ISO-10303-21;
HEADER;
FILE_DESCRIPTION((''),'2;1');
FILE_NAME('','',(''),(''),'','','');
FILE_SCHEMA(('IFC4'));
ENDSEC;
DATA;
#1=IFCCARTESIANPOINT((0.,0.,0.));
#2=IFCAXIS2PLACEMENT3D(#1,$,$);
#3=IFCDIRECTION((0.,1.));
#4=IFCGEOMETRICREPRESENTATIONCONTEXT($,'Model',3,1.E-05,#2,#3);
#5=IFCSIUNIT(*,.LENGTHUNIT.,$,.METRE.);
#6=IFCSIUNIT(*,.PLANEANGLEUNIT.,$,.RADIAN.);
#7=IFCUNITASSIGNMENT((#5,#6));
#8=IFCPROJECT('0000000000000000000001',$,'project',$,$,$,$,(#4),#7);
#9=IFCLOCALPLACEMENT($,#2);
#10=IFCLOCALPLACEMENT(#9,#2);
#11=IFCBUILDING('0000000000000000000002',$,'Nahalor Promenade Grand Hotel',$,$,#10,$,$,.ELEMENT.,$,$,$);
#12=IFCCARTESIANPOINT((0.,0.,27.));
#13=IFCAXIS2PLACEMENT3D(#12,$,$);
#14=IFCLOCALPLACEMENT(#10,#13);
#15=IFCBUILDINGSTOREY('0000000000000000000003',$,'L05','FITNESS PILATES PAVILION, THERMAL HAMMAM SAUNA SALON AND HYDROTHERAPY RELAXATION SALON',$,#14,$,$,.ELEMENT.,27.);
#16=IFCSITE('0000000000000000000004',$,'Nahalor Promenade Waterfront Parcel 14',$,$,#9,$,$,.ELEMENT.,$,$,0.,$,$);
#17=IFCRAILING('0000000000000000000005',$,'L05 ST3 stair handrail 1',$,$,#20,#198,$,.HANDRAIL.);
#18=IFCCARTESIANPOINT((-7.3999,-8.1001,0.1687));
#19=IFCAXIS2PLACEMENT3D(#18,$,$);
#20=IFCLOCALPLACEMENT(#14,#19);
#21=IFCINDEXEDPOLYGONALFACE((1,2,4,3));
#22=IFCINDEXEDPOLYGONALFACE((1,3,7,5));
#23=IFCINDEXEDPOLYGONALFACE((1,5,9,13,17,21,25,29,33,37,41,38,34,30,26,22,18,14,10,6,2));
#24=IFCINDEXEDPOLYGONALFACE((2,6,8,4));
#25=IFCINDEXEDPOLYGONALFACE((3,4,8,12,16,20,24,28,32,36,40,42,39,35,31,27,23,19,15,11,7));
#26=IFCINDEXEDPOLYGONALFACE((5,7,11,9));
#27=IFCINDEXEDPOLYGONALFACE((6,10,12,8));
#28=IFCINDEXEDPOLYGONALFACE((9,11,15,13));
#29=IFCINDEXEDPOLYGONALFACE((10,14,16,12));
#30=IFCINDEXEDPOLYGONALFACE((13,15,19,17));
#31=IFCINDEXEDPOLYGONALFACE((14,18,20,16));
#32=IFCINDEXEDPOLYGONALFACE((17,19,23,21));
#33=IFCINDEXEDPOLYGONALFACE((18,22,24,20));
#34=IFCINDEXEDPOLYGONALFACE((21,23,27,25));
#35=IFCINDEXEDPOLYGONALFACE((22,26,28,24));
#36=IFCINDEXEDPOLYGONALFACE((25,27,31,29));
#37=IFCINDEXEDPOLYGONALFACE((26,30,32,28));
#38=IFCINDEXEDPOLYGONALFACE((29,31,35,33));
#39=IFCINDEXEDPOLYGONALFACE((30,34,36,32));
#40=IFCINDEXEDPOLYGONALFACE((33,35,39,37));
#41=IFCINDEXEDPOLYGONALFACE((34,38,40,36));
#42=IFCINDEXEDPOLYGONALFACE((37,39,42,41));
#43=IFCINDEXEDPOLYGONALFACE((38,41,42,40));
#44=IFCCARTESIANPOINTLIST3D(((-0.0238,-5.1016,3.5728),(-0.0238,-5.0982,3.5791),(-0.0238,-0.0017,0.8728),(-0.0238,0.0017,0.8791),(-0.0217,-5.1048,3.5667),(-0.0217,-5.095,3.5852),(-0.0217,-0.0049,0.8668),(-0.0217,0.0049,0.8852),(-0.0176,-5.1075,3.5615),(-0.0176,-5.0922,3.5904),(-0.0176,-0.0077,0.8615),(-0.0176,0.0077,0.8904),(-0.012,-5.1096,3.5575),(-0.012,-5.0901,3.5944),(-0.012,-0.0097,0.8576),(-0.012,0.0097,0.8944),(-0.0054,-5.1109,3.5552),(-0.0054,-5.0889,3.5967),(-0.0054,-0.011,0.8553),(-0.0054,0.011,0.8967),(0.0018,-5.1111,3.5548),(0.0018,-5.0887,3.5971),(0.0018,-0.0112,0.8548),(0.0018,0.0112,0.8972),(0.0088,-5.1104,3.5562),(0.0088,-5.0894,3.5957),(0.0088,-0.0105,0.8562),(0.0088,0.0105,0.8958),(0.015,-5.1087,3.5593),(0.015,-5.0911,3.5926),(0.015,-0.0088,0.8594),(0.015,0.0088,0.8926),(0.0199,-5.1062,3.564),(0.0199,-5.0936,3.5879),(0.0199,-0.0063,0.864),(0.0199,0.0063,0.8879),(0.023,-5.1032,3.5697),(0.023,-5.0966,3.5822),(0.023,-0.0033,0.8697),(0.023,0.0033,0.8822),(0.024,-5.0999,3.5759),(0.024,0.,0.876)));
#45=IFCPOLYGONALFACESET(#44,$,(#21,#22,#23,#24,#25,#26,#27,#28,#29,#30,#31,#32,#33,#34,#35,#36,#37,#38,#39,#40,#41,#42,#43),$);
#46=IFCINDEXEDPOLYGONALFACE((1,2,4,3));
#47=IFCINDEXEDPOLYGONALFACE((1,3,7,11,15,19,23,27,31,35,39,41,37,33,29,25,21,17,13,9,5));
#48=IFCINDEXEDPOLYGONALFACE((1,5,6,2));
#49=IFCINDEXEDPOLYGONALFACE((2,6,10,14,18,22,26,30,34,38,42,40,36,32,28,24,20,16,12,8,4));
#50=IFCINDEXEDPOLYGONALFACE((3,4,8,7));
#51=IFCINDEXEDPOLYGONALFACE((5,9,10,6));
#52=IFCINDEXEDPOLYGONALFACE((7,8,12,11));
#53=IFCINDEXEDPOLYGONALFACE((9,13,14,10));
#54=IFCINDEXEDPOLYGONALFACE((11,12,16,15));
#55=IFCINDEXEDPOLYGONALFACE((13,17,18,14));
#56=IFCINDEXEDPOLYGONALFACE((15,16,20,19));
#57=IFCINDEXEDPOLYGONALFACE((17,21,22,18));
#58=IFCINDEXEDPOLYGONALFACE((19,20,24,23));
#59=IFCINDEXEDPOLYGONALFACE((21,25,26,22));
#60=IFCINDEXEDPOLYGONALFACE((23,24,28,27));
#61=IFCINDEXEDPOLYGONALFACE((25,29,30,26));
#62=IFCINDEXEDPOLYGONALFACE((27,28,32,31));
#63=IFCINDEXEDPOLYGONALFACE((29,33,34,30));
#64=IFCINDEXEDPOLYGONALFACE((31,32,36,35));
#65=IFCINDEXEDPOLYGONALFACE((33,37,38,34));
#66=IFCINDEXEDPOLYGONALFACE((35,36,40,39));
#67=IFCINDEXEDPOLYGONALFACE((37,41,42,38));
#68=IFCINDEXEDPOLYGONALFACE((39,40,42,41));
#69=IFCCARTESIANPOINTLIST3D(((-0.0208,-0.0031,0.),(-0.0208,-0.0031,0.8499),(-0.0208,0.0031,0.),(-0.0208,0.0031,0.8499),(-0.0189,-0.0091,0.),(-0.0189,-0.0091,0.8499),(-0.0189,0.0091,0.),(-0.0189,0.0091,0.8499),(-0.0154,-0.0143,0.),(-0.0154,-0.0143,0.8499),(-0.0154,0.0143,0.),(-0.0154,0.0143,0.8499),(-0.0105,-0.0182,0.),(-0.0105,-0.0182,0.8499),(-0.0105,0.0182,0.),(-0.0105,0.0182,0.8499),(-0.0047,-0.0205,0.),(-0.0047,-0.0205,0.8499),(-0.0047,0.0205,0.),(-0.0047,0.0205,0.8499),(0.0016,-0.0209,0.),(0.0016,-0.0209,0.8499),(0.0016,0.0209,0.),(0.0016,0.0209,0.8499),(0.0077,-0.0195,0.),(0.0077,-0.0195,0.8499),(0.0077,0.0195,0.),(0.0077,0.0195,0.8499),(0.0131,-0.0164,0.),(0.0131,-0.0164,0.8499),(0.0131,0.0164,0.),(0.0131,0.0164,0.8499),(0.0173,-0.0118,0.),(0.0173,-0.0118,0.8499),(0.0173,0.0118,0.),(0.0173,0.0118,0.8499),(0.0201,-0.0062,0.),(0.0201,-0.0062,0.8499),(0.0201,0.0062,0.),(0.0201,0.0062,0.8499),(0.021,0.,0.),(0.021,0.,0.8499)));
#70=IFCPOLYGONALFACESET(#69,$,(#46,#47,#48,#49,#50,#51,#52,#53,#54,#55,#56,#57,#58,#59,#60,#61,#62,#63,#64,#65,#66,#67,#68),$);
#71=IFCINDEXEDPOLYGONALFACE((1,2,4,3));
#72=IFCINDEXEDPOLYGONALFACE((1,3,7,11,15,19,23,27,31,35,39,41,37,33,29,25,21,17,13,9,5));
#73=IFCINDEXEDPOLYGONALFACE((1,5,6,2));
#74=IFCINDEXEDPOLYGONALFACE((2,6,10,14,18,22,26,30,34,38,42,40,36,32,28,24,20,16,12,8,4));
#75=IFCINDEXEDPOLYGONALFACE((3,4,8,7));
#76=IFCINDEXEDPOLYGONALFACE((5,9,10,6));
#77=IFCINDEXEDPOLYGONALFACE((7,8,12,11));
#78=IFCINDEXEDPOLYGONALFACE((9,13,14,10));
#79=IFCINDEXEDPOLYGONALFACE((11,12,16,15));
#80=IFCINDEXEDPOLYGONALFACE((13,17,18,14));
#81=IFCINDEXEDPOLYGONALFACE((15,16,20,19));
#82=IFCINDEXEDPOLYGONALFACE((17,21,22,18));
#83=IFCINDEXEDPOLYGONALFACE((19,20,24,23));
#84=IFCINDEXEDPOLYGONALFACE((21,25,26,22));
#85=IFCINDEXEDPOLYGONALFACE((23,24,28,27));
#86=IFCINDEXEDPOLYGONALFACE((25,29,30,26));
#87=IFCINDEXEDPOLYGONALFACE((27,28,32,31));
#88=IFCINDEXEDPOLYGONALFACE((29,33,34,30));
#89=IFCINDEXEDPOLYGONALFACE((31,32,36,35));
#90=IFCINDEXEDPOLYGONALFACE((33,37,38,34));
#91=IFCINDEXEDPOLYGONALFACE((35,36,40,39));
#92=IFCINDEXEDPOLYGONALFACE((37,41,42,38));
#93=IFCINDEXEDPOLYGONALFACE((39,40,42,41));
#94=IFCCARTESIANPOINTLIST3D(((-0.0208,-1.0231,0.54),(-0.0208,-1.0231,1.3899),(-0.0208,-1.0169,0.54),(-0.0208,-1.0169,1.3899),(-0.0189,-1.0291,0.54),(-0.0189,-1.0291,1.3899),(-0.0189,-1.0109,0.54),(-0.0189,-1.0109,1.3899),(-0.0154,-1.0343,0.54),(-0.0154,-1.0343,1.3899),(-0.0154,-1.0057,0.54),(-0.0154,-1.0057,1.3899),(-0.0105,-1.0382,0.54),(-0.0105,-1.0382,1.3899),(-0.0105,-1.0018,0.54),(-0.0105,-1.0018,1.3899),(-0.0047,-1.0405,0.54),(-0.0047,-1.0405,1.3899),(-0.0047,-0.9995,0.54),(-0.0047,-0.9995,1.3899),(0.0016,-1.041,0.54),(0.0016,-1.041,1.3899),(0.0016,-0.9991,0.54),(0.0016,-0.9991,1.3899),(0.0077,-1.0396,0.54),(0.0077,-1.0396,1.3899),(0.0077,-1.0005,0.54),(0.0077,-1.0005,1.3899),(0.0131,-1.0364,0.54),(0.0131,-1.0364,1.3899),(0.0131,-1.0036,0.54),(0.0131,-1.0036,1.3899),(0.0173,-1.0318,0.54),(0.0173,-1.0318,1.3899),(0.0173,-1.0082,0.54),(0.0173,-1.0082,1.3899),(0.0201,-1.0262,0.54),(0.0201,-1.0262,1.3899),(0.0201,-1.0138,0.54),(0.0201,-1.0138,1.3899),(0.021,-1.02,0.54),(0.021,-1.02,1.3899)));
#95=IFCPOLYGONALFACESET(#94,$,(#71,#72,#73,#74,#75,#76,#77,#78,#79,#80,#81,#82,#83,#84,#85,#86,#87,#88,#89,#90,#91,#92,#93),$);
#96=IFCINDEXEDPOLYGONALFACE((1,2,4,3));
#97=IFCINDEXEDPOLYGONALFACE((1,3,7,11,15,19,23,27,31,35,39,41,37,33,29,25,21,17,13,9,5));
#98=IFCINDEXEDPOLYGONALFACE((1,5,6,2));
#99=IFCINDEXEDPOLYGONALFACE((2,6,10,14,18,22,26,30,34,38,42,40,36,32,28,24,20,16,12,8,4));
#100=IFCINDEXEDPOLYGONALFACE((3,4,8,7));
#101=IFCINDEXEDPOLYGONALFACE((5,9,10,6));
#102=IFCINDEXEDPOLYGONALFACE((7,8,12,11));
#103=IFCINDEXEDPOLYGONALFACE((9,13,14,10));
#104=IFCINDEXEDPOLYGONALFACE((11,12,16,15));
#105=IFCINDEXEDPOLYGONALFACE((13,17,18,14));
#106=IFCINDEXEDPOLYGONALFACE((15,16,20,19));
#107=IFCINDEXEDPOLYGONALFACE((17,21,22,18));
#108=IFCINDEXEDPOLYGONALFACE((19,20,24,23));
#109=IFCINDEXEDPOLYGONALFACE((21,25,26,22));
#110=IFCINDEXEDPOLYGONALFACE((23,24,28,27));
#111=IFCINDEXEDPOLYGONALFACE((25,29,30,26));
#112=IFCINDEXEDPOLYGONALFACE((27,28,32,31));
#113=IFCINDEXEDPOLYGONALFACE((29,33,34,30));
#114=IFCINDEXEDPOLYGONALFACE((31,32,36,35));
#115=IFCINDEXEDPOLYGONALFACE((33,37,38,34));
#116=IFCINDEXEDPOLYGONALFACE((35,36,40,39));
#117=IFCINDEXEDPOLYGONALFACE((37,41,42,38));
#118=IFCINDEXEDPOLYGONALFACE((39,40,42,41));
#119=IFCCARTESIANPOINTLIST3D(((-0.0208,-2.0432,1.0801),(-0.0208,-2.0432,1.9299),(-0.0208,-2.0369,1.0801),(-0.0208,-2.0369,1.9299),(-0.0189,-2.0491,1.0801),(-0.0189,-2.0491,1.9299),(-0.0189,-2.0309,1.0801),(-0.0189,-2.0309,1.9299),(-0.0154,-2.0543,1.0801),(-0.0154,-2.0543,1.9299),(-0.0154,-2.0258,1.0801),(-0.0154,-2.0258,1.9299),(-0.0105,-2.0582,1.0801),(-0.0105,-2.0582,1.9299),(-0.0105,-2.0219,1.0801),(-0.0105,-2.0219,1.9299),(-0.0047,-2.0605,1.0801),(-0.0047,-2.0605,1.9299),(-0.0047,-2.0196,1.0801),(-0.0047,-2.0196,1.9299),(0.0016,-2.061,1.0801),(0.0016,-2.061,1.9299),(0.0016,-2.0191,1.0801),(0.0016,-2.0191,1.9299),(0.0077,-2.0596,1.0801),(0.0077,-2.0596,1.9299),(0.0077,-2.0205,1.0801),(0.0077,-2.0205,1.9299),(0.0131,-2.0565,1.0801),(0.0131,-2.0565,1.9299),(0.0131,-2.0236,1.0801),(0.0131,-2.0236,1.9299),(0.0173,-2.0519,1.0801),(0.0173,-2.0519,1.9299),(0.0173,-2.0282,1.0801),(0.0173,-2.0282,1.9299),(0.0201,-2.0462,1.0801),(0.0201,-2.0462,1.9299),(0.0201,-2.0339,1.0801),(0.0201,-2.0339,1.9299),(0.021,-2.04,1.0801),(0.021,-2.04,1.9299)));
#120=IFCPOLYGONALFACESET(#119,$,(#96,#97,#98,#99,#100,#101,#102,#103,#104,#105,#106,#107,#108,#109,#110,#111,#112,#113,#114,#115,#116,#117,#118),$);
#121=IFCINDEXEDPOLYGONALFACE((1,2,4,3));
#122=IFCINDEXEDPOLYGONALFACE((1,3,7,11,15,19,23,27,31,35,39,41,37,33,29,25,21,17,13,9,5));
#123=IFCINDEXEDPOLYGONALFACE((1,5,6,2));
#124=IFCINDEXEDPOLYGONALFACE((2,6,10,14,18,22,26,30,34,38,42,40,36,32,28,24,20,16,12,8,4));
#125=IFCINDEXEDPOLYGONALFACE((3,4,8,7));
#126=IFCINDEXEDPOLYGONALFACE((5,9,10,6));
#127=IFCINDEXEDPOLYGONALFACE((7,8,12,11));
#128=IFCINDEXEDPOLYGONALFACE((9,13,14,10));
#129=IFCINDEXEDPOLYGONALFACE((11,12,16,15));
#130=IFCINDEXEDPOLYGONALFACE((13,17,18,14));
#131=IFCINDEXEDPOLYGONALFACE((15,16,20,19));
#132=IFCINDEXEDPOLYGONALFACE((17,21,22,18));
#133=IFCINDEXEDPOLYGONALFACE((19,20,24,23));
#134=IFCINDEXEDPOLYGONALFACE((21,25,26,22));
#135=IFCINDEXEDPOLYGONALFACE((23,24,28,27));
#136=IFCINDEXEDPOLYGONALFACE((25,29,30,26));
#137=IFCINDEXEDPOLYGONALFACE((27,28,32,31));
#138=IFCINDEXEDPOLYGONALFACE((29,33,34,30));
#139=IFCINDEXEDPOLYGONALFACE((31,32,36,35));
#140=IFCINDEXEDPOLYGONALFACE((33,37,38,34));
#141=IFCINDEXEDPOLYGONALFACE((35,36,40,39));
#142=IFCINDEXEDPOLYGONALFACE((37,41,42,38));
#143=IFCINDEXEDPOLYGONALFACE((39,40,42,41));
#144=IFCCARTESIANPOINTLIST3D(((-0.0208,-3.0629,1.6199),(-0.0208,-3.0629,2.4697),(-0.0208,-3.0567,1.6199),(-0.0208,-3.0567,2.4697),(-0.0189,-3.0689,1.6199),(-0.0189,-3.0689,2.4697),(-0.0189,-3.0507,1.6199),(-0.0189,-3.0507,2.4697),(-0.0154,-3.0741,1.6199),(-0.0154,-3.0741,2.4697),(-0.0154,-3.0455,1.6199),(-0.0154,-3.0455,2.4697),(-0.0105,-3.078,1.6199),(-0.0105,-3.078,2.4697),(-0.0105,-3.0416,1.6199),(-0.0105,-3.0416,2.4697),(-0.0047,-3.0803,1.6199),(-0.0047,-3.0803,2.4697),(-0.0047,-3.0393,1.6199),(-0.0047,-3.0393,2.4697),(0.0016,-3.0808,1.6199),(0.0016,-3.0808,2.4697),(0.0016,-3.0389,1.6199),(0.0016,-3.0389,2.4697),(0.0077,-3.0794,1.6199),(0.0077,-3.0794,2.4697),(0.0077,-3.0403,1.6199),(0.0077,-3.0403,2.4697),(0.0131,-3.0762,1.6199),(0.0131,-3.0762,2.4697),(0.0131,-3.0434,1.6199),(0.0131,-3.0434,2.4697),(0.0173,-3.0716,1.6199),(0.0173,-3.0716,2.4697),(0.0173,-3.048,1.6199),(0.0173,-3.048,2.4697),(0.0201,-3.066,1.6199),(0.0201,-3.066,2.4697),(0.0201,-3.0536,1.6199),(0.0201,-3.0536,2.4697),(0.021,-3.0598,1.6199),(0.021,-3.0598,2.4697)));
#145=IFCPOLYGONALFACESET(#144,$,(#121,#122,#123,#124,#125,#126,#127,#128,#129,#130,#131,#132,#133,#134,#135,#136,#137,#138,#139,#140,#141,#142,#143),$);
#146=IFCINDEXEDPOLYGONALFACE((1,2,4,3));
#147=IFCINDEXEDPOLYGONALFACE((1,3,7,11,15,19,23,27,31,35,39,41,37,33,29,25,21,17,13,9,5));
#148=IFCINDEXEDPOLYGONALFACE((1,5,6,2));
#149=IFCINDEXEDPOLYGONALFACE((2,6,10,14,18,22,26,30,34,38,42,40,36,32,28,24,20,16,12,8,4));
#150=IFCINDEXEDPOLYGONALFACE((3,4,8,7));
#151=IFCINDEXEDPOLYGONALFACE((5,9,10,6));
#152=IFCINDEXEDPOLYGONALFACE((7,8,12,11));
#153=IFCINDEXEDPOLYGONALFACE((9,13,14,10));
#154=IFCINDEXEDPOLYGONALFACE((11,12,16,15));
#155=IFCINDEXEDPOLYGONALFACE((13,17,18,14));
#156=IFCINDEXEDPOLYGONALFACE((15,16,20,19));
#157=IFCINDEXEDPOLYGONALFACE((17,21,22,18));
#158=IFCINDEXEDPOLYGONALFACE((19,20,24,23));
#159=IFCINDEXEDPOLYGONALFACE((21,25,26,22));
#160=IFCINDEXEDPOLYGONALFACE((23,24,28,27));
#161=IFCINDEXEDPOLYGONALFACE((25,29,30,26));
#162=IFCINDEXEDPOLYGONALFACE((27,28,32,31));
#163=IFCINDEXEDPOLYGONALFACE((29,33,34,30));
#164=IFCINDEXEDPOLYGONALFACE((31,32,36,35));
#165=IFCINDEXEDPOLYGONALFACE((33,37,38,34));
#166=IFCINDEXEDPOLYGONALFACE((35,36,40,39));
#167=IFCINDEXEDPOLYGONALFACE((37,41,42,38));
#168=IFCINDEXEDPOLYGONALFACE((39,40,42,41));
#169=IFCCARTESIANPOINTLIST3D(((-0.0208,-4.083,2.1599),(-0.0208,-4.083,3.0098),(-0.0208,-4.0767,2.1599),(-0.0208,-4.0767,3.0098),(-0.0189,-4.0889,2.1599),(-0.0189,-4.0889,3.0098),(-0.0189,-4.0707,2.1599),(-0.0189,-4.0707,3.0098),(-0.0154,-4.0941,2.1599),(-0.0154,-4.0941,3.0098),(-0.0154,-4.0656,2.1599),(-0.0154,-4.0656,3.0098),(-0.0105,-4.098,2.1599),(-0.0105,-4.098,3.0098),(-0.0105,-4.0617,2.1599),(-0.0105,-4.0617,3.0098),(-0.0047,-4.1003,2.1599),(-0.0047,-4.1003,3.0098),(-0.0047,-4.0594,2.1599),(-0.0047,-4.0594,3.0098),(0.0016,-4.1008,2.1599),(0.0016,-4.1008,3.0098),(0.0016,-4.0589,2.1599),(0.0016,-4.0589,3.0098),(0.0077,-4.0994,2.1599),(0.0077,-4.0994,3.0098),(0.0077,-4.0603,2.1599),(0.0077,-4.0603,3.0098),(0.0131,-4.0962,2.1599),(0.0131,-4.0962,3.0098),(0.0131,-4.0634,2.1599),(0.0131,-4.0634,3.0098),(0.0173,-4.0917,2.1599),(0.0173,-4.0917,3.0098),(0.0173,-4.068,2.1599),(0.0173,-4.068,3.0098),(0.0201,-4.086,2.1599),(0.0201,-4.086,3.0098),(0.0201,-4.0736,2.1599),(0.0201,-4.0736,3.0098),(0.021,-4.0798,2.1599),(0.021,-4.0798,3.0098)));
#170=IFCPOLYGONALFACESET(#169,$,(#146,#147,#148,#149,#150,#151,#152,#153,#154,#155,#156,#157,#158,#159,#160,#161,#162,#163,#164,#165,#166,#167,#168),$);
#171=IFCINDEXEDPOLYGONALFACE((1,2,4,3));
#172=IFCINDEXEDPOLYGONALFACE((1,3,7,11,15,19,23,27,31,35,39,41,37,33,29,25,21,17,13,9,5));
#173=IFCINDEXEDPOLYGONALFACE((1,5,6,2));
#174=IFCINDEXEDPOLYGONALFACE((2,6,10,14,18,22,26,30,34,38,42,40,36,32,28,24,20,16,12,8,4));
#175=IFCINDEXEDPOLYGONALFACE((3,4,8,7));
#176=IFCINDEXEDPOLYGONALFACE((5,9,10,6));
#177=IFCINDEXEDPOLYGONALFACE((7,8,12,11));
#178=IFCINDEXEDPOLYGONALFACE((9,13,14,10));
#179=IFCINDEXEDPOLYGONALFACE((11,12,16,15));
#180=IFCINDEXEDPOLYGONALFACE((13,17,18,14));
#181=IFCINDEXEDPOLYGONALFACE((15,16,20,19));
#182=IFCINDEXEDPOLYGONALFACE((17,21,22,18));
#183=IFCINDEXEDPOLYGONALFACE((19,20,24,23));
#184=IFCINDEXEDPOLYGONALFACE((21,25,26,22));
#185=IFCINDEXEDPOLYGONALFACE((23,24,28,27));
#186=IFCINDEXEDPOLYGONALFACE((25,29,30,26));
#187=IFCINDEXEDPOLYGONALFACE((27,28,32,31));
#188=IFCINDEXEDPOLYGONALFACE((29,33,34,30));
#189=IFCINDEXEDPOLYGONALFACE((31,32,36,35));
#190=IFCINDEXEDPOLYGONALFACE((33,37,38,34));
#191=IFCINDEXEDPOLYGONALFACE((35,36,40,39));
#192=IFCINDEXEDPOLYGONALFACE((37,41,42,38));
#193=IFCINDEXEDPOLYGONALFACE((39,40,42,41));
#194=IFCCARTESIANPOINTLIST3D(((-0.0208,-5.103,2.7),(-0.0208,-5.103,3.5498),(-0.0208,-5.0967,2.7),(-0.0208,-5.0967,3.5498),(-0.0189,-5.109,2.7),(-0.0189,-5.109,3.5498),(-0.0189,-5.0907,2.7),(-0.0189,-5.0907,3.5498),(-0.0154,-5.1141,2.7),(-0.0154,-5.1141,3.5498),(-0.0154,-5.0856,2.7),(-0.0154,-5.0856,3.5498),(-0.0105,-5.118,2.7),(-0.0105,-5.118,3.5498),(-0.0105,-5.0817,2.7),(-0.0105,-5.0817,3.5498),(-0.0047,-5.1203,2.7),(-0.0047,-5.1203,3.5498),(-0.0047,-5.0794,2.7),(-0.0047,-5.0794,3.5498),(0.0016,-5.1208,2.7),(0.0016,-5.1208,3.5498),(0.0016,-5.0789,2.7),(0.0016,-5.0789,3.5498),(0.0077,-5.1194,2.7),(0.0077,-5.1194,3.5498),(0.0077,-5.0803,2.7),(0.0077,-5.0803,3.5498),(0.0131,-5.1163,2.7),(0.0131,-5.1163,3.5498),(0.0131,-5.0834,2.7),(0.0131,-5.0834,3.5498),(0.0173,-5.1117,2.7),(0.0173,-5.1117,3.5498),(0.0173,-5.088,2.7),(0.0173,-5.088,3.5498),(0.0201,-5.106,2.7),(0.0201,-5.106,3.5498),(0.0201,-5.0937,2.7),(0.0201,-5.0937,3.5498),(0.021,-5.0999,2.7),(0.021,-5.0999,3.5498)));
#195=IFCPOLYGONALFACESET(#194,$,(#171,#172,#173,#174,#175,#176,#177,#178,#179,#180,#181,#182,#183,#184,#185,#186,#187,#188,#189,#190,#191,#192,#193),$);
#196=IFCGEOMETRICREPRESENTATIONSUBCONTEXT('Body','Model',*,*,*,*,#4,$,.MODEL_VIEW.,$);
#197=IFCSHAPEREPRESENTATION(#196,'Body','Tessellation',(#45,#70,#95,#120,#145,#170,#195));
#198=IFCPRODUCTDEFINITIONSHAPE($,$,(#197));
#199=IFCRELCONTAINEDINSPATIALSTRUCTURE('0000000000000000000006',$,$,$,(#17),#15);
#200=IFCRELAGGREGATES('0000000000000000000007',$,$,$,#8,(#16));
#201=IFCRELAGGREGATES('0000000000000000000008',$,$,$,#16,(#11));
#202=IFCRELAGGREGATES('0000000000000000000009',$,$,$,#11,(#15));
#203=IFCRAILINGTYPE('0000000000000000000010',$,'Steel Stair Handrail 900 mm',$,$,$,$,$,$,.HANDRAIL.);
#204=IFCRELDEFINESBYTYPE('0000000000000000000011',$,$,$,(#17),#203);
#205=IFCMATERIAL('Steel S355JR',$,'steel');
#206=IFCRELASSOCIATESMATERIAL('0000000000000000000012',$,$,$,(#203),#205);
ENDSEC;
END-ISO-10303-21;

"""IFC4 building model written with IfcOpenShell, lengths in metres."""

from ifc_helpers import new_model, si_unit, direction, frame, origin, origin_2d, place, context, subcontext, project, spatial, circle, extrude, material, type_object, element, save


model = new_model("IFC4")

# Units and contexts
model_context = context("Model", 3, precision=1e-05, world=origin(), true_north=direction((0.0, 1.0)))
body_context = subcontext(model_context, "Body", "Model", "MODEL_VIEW")
ifc_project = project(units=[si_unit("LENGTHUNIT", "METRE"), si_unit("PLANEANGLEUNIT", "RADIAN")], contexts=[model_context])

# Site, building, storey
site_placement = place(None, origin())
site = spatial("IfcSite", under=ifc_project, at=site_placement, Name="Nahalor Promenade Waterfront Parcel 14", CompositionType="ELEMENT", RefElevation=0.0)
building_placement = place(site_placement, origin())
building = spatial("IfcBuilding", under=site, at=building_placement, Name="Nahalor Promenade Grand Hotel", CompositionType="ELEMENT")
storey_placement = place(building_placement, frame((0.0, 0.0, 27.0)))
storey = spatial("IfcBuildingStorey", under=building, at=storey_placement, Name="L05", Description="FITNESS PILATES PAVILION, THERMAL HAMMAM SAUNA SALON AND HYDROTHERAPY RELAXATION SALON", CompositionType="ELEMENT", Elevation=27.0)

# Shared definitions
ifc_material_1 = material(Name="Steel S355JR", Category="steel")

# Railing
railing_type_1 = type_object("IfcRailingType", Name="Steel Stair Handrail 900 mm", PredefinedType="HANDRAIL", material=ifc_material_1)
railing_1_placement = place(storey_placement, frame((-7.3999, -8.1001, 0.1687)))
element("IfcRailing", 1, at=railing_1_placement, inside=storey, type_object=railing_type_1, Name="L05 ST3 stair handrail 1", PredefinedType="HANDRAIL", context=body_context, shape_type="SweptSolid", body=[
    extrude(circle(Radius=0.024, at=origin_2d()), frame((0.0, 0.0, 0.876), z_axis=(0.0, -0.883786, 0.467892), x_axis=(1.0, 0.0, 0.0)), (0.0, 0.0, 1.0), 5.7705),
    extrude(circle(Radius=0.021, at=origin_2d()), origin(), (0.0, 0.0, 1.0), 0.8499),
    extrude(circle(Radius=0.021, at=origin_2d()), frame((0.0, -1.02, 0.54)), (0.0, 0.0, 1.0), 0.8499),
    extrude(circle(Radius=0.021, at=origin_2d()), frame((0.0, -2.04, 1.0801)), (0.0, 0.0, 1.0), 0.8499),
    extrude(circle(Radius=0.021, at=origin_2d()), frame((0.0, -3.0598, 1.6199)), (0.0, 0.0, 1.0), 0.8499),
    extrude(circle(Radius=0.021, at=origin_2d()), frame((0.0, -4.0798, 2.1599)), (0.0, 0.0, 1.0), 0.8499),
    extrude(circle(Radius=0.021, at=origin_2d()), frame((0.0, -5.0999, 2.7)), (0.0, 0.0, 1.0), 0.8499),
])

save(model, "model.ifc")
